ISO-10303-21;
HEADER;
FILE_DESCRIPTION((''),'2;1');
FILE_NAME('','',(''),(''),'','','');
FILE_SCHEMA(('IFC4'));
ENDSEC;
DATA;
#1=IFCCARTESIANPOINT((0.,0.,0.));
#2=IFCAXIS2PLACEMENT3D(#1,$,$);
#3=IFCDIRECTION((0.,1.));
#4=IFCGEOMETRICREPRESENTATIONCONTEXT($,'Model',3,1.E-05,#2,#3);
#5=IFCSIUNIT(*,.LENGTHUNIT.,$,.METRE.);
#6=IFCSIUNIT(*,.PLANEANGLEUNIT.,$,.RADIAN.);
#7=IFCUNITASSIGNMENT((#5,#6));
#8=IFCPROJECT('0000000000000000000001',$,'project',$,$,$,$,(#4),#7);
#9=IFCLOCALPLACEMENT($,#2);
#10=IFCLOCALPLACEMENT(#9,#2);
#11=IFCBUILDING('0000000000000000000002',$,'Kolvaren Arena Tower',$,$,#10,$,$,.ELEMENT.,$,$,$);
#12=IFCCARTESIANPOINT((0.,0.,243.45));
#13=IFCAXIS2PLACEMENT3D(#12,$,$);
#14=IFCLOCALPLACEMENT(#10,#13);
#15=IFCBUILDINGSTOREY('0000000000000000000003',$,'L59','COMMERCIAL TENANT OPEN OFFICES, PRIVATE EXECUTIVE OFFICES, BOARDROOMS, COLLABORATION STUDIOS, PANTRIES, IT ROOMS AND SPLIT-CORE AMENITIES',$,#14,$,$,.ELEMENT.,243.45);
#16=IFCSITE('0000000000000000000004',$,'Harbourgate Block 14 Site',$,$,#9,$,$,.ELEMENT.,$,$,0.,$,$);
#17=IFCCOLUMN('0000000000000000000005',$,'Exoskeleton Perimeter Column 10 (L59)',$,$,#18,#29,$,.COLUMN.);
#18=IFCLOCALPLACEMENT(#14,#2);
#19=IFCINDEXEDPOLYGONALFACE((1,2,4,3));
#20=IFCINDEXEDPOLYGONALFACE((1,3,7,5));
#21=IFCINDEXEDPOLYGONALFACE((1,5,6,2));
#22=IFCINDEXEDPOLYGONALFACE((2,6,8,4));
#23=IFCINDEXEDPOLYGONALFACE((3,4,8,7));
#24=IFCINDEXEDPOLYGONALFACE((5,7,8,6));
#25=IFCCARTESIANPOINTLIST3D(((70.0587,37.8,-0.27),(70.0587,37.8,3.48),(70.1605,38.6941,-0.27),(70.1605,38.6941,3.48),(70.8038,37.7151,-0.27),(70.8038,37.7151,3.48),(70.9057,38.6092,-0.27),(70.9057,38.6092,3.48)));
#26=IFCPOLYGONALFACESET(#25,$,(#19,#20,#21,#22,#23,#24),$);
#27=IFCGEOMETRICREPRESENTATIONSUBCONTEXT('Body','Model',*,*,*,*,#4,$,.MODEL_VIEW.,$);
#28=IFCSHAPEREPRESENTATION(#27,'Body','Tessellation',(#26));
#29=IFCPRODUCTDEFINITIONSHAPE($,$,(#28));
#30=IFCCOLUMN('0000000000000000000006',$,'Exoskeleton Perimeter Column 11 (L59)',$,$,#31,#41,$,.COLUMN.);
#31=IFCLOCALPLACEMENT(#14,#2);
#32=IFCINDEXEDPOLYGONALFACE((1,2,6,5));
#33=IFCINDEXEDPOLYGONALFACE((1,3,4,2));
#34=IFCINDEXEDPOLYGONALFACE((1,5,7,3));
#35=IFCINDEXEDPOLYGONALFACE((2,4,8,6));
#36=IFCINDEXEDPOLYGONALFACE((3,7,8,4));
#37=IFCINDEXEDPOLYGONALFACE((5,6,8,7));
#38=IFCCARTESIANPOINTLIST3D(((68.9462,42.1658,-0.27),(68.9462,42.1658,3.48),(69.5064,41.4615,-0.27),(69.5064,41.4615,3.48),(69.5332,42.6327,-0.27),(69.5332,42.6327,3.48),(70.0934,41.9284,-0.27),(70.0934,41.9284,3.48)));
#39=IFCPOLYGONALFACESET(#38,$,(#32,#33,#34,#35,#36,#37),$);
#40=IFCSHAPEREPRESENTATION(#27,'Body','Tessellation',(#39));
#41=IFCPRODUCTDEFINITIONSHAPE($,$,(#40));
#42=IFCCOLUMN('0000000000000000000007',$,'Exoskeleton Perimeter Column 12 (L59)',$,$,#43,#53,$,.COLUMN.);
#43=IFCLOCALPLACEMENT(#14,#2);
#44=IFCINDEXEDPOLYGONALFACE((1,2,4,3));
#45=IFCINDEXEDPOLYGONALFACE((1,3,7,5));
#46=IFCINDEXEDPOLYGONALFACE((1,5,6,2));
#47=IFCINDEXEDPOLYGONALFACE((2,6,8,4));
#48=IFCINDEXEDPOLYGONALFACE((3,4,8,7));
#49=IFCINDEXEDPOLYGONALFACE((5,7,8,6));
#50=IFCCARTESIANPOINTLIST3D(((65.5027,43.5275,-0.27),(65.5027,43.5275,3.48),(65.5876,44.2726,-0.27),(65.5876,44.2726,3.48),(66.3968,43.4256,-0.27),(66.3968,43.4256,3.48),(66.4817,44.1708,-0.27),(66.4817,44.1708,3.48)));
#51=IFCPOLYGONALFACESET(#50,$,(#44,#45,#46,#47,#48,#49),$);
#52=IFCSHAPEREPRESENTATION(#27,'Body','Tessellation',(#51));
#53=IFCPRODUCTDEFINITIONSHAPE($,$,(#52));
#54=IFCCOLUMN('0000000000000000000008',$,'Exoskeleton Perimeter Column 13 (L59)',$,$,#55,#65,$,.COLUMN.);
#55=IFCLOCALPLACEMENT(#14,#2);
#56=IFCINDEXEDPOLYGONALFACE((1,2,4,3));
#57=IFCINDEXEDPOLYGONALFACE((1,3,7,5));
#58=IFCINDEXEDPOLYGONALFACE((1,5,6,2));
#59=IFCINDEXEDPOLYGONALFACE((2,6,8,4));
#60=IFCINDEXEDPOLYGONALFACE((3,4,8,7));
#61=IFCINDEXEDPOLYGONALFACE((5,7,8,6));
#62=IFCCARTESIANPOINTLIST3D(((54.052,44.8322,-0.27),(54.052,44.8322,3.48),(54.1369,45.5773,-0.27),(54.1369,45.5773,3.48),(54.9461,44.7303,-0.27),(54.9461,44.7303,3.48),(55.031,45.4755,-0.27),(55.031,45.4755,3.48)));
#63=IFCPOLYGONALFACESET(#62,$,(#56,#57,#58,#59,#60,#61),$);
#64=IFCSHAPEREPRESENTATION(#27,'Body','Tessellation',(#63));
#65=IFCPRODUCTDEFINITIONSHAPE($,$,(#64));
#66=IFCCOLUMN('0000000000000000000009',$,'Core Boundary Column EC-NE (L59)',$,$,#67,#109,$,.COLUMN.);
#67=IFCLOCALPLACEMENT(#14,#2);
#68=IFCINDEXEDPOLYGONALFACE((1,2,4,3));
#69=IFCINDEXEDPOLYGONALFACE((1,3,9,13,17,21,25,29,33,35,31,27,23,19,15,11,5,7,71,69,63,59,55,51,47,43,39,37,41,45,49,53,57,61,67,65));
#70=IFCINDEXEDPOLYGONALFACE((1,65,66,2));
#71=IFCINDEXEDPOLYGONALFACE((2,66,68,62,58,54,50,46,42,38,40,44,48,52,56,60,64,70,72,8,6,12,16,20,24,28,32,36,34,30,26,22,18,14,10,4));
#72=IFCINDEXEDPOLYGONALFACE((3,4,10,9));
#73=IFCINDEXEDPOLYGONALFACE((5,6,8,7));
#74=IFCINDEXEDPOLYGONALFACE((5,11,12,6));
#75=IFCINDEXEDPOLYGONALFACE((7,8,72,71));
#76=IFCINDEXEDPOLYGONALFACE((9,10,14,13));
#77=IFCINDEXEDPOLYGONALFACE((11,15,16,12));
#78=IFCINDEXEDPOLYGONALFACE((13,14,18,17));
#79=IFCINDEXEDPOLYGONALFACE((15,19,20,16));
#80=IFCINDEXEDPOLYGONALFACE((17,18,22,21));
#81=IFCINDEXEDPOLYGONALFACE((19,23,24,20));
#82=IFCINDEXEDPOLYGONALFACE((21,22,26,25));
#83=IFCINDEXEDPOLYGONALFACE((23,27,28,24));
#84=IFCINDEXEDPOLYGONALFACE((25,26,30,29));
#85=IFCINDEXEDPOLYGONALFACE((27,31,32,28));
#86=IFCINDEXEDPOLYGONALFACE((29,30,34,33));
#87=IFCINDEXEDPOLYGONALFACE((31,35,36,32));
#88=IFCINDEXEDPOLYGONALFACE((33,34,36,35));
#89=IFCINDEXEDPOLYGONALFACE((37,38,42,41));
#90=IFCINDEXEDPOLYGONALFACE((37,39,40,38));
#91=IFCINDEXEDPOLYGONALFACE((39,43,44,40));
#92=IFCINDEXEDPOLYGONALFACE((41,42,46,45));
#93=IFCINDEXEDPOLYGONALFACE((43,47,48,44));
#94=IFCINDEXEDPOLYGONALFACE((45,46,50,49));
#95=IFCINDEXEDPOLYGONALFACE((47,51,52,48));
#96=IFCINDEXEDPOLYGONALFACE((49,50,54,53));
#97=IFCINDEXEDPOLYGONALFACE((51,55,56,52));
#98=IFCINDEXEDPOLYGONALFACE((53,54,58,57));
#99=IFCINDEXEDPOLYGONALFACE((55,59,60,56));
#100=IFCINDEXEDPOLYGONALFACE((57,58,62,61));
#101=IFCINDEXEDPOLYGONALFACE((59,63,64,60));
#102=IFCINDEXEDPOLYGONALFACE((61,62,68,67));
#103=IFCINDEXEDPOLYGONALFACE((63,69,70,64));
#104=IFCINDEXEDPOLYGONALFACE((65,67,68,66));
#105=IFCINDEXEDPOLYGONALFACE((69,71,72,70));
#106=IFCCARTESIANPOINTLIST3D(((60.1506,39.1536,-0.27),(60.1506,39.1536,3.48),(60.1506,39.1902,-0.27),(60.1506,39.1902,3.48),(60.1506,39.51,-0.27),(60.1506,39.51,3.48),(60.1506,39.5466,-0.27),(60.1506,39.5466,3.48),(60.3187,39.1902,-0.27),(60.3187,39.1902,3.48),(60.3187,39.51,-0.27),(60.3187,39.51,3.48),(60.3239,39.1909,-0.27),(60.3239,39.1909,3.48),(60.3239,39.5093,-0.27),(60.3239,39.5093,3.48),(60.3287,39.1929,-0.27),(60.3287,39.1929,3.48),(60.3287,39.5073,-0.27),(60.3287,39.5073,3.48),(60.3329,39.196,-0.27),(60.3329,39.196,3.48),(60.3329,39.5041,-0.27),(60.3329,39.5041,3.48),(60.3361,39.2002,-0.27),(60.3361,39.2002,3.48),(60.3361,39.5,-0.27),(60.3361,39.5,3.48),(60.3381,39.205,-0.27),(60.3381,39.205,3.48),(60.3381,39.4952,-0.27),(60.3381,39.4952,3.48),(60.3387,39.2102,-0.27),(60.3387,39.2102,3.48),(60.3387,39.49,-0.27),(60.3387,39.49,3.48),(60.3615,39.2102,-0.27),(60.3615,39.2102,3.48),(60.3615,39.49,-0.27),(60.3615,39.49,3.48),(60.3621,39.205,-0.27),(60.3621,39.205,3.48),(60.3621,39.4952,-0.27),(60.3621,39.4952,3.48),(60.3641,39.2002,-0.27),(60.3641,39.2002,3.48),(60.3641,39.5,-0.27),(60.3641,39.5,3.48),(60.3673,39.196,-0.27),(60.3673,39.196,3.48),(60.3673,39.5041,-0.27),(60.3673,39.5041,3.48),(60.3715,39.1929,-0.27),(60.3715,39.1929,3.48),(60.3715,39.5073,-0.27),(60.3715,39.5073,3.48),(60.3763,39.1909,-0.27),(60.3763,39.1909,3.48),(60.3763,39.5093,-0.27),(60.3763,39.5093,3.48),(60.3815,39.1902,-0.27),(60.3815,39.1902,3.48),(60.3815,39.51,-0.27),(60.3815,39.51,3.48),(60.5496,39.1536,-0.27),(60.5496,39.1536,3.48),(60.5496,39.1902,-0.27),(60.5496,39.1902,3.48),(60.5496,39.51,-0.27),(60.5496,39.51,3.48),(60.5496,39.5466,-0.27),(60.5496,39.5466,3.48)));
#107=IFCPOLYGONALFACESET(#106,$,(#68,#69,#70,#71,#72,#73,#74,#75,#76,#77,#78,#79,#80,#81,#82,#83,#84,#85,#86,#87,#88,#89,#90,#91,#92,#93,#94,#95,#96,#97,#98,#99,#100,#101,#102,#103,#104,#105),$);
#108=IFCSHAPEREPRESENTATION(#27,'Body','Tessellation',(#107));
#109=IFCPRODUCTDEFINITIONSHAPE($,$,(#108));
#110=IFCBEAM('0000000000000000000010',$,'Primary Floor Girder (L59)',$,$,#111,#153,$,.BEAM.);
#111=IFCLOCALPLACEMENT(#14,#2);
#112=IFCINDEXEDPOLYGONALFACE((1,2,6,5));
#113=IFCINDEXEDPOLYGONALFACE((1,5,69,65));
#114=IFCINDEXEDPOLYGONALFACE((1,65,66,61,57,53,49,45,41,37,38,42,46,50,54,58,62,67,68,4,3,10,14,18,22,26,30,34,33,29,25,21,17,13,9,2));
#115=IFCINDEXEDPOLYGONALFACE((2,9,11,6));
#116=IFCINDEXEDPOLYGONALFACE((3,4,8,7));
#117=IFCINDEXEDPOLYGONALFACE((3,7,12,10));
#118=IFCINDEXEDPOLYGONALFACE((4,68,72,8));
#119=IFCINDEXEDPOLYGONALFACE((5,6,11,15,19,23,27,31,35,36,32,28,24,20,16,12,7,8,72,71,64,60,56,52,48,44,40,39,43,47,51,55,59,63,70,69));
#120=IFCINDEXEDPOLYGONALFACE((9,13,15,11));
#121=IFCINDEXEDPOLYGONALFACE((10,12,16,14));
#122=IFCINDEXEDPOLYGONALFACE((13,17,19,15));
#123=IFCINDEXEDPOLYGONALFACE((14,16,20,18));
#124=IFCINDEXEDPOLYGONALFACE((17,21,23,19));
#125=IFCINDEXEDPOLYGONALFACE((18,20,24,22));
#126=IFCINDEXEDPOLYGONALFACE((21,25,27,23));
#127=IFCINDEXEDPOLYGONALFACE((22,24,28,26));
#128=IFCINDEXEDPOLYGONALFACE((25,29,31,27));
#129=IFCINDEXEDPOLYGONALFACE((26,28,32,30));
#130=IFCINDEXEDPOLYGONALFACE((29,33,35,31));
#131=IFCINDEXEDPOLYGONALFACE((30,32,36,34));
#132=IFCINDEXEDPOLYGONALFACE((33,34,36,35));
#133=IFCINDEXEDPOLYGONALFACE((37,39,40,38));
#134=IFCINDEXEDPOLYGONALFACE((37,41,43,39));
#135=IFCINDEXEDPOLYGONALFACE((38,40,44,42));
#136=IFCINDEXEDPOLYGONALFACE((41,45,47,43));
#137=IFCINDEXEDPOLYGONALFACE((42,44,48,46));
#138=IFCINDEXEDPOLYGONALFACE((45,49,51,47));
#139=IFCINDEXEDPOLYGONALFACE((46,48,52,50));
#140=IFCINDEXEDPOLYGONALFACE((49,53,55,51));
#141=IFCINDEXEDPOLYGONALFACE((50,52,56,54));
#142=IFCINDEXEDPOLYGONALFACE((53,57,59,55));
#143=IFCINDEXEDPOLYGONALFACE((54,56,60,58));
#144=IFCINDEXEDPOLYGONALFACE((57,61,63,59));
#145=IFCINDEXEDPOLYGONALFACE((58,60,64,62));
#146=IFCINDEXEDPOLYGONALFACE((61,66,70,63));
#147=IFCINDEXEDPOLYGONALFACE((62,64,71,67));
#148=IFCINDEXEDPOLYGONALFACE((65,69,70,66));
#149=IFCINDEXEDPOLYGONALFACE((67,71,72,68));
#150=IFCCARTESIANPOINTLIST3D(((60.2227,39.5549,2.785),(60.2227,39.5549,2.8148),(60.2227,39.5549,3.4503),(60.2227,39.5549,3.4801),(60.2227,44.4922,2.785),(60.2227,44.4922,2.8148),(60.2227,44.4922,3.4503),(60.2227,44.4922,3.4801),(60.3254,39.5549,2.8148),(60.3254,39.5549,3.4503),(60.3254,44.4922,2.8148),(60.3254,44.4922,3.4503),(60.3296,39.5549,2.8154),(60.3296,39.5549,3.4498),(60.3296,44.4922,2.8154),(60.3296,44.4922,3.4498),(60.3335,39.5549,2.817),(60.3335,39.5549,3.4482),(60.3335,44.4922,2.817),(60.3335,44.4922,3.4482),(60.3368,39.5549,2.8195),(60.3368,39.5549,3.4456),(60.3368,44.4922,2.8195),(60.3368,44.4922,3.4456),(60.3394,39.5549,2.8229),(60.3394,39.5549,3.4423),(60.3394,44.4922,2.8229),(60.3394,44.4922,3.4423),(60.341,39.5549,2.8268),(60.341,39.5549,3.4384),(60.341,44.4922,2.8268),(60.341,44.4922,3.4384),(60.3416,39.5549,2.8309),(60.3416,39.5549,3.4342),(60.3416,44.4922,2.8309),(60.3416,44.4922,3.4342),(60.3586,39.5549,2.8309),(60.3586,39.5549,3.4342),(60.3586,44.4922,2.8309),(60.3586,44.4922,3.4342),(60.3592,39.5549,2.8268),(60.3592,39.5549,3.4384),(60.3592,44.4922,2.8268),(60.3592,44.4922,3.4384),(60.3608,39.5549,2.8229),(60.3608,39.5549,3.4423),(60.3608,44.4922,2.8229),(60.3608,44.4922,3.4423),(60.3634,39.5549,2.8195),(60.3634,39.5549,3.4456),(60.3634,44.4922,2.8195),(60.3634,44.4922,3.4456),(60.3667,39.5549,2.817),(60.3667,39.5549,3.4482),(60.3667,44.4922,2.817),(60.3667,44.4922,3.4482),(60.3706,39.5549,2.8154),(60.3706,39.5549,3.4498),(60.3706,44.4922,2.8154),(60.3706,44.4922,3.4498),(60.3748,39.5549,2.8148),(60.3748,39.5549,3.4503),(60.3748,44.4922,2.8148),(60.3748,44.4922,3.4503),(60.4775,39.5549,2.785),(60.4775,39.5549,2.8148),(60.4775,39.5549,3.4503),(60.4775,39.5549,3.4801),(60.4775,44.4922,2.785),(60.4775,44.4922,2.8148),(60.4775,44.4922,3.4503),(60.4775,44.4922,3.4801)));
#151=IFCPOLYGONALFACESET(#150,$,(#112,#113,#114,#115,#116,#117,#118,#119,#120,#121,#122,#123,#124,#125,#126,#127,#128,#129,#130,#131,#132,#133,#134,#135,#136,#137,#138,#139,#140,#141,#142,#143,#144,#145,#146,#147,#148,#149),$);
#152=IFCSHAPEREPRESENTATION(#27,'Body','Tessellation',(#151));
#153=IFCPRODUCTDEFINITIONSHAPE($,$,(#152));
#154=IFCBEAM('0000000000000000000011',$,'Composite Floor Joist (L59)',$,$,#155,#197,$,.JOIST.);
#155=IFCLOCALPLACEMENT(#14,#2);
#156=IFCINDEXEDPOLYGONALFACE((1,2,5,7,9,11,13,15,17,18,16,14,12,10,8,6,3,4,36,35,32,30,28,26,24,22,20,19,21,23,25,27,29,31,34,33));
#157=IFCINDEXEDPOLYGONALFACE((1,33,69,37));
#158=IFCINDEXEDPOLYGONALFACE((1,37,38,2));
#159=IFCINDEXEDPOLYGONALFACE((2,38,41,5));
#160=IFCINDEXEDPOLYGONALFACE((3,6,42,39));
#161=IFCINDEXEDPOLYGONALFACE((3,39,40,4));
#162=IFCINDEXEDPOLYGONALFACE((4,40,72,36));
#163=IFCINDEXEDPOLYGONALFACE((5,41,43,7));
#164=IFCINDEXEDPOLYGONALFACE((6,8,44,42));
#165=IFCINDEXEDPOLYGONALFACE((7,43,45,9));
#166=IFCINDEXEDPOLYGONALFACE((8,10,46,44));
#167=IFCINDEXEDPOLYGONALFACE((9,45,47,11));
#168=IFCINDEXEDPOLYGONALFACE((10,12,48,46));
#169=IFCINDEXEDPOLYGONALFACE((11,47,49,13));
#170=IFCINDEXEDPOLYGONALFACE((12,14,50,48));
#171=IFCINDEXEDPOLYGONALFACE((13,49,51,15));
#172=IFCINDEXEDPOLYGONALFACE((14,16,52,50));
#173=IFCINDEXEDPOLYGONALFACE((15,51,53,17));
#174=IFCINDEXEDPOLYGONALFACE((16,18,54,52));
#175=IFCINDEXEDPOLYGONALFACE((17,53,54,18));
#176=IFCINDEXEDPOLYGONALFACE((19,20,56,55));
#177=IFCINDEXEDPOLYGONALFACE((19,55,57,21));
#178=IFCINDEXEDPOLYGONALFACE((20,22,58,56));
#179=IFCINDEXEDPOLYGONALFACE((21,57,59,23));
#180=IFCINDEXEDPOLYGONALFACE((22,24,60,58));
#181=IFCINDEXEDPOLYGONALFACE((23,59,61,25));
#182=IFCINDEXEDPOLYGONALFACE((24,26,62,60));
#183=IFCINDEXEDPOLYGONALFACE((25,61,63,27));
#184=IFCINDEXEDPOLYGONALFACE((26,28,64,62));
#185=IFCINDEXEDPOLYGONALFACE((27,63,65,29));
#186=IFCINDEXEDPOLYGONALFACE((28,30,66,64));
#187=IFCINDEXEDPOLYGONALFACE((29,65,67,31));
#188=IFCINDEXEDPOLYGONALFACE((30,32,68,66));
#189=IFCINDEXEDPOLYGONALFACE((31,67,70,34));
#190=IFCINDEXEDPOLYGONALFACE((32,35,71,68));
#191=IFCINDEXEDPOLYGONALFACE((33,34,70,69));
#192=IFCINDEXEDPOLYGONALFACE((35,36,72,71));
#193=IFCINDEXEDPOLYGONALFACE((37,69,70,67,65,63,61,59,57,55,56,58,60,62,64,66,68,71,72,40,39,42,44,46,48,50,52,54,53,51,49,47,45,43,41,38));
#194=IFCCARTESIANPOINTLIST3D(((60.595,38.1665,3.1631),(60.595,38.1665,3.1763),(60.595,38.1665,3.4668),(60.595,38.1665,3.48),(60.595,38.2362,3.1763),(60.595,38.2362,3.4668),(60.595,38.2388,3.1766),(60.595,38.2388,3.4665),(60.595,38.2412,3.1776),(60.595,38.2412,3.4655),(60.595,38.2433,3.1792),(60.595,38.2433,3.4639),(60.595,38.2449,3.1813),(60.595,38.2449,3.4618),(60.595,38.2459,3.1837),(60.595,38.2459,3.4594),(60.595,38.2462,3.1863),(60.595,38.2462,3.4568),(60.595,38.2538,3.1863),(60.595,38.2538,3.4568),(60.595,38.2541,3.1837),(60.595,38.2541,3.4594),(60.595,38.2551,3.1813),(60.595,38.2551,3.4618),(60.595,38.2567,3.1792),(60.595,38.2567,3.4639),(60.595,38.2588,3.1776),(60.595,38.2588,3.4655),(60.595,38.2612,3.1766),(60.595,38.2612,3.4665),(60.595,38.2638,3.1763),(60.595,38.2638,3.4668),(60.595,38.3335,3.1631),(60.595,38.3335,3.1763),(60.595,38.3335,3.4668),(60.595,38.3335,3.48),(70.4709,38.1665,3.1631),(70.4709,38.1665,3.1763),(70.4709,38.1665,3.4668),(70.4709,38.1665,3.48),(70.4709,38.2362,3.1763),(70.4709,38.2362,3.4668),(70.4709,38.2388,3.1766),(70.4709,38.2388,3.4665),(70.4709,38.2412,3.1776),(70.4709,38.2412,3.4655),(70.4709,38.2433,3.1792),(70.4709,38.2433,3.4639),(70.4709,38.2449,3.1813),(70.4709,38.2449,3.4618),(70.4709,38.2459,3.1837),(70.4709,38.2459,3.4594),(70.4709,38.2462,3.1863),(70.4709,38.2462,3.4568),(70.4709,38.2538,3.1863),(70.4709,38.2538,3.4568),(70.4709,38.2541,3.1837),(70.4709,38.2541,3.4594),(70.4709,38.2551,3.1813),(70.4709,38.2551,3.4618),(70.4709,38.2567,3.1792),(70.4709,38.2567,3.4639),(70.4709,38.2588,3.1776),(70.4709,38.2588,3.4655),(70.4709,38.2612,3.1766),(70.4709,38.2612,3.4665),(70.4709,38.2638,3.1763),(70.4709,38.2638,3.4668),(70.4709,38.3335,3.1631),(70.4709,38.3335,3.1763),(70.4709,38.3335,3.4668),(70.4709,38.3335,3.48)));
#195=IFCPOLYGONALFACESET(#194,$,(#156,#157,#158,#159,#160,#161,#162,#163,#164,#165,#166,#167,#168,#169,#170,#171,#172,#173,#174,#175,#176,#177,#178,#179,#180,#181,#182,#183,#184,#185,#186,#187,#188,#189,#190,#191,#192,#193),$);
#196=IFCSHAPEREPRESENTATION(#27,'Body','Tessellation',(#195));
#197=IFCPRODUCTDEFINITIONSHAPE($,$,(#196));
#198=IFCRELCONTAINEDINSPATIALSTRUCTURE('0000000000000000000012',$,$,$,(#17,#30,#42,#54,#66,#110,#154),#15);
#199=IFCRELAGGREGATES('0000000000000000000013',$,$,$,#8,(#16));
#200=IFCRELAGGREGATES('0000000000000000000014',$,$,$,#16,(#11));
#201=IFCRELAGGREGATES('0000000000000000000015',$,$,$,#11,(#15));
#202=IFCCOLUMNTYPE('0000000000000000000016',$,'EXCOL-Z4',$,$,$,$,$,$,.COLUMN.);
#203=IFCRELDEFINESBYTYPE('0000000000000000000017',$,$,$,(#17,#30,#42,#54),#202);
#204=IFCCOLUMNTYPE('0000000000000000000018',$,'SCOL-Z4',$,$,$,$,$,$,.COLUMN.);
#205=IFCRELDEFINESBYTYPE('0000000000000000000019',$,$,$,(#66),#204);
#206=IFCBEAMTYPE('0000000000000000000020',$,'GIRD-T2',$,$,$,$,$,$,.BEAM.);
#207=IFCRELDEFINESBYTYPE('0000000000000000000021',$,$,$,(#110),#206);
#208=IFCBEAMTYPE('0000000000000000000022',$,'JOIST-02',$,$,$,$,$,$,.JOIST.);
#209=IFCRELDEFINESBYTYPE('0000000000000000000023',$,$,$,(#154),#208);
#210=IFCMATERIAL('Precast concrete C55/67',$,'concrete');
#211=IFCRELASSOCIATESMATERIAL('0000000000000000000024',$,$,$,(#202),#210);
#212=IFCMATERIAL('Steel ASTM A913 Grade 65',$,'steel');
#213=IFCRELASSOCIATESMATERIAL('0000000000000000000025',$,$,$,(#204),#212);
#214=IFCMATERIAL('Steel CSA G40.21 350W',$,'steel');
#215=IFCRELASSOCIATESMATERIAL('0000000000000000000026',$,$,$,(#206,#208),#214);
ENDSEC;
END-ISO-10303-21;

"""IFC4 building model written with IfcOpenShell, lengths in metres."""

from ifc_helpers import new_model, si_unit, direction, frame, origin, origin_2d, place, context, subcontext, project, spatial, rectangle, i_section, extrude, material, material_profile, profile_set, type_object, element, save


model = new_model("IFC4")

# Units and contexts
model_context = context("Model", 3, precision=1e-05, world=origin(), true_north=direction((0.0, 1.0)))
body_context = subcontext(model_context, "Body", "Model", "MODEL_VIEW")
ifc_project = project(units=[si_unit("LENGTHUNIT", "METRE"), si_unit("PLANEANGLEUNIT", "RADIAN")], contexts=[model_context])

# Site, building, storey
site_placement = place(None, origin())
site = spatial("IfcSite", under=ifc_project, at=site_placement, Name="Harbourgate Block 14 Site", CompositionType="ELEMENT", RefElevation=0.0)
building_placement = place(site_placement, origin())
building = spatial("IfcBuilding", under=site, at=building_placement, Name="Kolvaren Arena Tower", CompositionType="ELEMENT")
storey_placement = place(building_placement, frame((0.0, 0.0, 243.45)))
storey = spatial("IfcBuildingStorey", under=building, at=storey_placement, Name="L59", Description="COMMERCIAL TENANT OPEN OFFICES, PRIVATE EXECUTIVE OFFICES, BOARDROOMS, COLLABORATION STUDIOS, PANTRIES, IT ROOMS AND SPLIT-CORE AMENITIES", CompositionType="ELEMENT", Elevation=243.45)

# Columns
ifc_material_1 = material(Name="Precast concrete C55/67", Category="concrete")
ifc_material_profile_1 = material_profile(ifc_material_1, rectangle(XDim=0.8999, YDim=0.75, at=origin_2d()), Name="RC-900x750")
ifc_profile_set_1 = profile_set([ifc_material_profile_1], Name="Precast concrete C55/67")
column_type_1 = type_object("IfcColumnType", Name="EXCOL-Z4", PredefinedType="COLUMN", material=ifc_profile_set_1)
for number, where, z_axis, x_axis, name in (
    (1, (70.4822, 38.2046, -0.27), (0.0, 0.0, 1.0), (0.113203, 0.993572, 0.0), "Exoskeleton Perimeter Column 10 (L59)"),
    (2, (69.5198, 42.0471, -0.27), (0.0, 0.0, 1.0), (-0.622515, 0.782608, 0.0), "Exoskeleton Perimeter Column 11 (L59)"),
    (3, (65.9922, 43.8491, -0.27), (0.0, 0.0, 1.0), (0.993572, -0.113203, 0.0), "Exoskeleton Perimeter Column 12 (L59)"),
    (4, (54.5415, 45.1538, -0.27), (0.0, 0.0, 1.0), (0.993572, -0.113203, 0.0), "Exoskeleton Perimeter Column 13 (L59)"),
):
    element("IfcColumn", number, at=place(storey_placement, frame(where, z_axis=z_axis, x_axis=x_axis)), inside=storey, type_object=column_type_1, Name=name, PredefinedType="COLUMN", context=body_context, shape_type="SweptSolid", body=[
        extrude(rectangle(XDim=0.8999, YDim=0.75, at=origin_2d()), origin(), (0.0, 0.0, 1.0), 3.75),
    ])
ifc_material_2 = material(Name="Steel ASTM A913 Grade 65", Category="steel")
ifc_material_profile_2 = material_profile(ifc_material_2, i_section(OverallWidth=0.3989, OverallDepth=0.3931, WebThickness=0.0227, FlangeThickness=0.0366, FilletRadius=0.02, at=origin_2d()), Name="W360x287")
ifc_profile_set_2 = profile_set([ifc_material_profile_2], Name="Steel ASTM A913 Grade 65")
column_type_2 = type_object("IfcColumnType", Name="SCOL-Z4", PredefinedType="COLUMN", material=ifc_profile_set_2)
column_placement = place(storey_placement, frame((60.3501, 39.3501, -0.27), z_axis=(0.0, 0.0, 1.0), x_axis=(1.0, 0.0, 0.0)))
element("IfcColumn", 5, at=column_placement, inside=storey, type_object=column_type_2, Name="Core Boundary Column EC-NE (L59)", PredefinedType="COLUMN", context=body_context, shape_type="SweptSolid", body=[
    extrude(i_section(OverallWidth=0.3989, OverallDepth=0.3931, WebThickness=0.0227, FlangeThickness=0.0366, FilletRadius=0.02, at=origin_2d()), origin(), (0.0, 0.0, 1.0), 3.75),
])

# Beams
ifc_material_3 = material(Name="Steel CSA G40.21 350W", Category="steel")
ifc_material_profile_3 = material_profile(ifc_material_3, i_section(OverallWidth=0.2549, OverallDepth=0.6951, WebThickness=0.0171, FlangeThickness=0.0298, FilletRadius=0.0161, at=origin_2d()), Name="W690x217")
ifc_profile_set_3 = profile_set([ifc_material_profile_3], Name="Steel CSA G40.21 350W")
beam_type_1 = type_object("IfcBeamType", Name="GIRD-T2", PredefinedType="BEAM", material=ifc_profile_set_3)
beam_1_placement = place(storey_placement, frame((60.3501, 39.5549, 3.1326), z_axis=(0.0, 1.0, 0.0), x_axis=(-1.0, 0.0, 0.0)))
element("IfcBeam", 6, at=beam_1_placement, inside=storey, type_object=beam_type_1, Name="Primary Floor Girder (L59)", PredefinedType="BEAM", context=body_context, shape_type="SweptSolid", body=[
    extrude(i_section(OverallWidth=0.2549, OverallDepth=0.6951, WebThickness=0.0171, FlangeThickness=0.0298, FilletRadius=0.0161, at=origin_2d()), origin(), (0.0, 0.0, 1.0), 4.9373),
])
ifc_material_profile_4 = material_profile(ifc_material_3, i_section(OverallWidth=0.167, OverallDepth=0.3169, WebThickness=0.0076, FlangeThickness=0.0132, FilletRadius=0.01, at=origin_2d()), Name="W310x52")
ifc_profile_set_4 = profile_set([ifc_material_profile_4], Name="Steel CSA G40.21 350W")
beam_type_2 = type_object("IfcBeamType", Name="JOIST-02", PredefinedType="JOIST", material=ifc_profile_set_4)
beam_2_placement = place(storey_placement, frame((60.595, 38.25, 3.3215), z_axis=(1.0, 0.0, 0.0), x_axis=(0.0, 1.0, 0.0)))
element("IfcBeam", 7, at=beam_2_placement, inside=storey, type_object=beam_type_2, Name="Composite Floor Joist (L59)", PredefinedType="JOIST", context=body_context, shape_type="SweptSolid", body=[
    extrude(i_section(OverallWidth=0.167, OverallDepth=0.3169, WebThickness=0.0076, FlangeThickness=0.0132, FilletRadius=0.01, at=origin_2d()), origin(), (0.0, 0.0, 1.0), 9.876),
])

save(model, "model.ifc")
